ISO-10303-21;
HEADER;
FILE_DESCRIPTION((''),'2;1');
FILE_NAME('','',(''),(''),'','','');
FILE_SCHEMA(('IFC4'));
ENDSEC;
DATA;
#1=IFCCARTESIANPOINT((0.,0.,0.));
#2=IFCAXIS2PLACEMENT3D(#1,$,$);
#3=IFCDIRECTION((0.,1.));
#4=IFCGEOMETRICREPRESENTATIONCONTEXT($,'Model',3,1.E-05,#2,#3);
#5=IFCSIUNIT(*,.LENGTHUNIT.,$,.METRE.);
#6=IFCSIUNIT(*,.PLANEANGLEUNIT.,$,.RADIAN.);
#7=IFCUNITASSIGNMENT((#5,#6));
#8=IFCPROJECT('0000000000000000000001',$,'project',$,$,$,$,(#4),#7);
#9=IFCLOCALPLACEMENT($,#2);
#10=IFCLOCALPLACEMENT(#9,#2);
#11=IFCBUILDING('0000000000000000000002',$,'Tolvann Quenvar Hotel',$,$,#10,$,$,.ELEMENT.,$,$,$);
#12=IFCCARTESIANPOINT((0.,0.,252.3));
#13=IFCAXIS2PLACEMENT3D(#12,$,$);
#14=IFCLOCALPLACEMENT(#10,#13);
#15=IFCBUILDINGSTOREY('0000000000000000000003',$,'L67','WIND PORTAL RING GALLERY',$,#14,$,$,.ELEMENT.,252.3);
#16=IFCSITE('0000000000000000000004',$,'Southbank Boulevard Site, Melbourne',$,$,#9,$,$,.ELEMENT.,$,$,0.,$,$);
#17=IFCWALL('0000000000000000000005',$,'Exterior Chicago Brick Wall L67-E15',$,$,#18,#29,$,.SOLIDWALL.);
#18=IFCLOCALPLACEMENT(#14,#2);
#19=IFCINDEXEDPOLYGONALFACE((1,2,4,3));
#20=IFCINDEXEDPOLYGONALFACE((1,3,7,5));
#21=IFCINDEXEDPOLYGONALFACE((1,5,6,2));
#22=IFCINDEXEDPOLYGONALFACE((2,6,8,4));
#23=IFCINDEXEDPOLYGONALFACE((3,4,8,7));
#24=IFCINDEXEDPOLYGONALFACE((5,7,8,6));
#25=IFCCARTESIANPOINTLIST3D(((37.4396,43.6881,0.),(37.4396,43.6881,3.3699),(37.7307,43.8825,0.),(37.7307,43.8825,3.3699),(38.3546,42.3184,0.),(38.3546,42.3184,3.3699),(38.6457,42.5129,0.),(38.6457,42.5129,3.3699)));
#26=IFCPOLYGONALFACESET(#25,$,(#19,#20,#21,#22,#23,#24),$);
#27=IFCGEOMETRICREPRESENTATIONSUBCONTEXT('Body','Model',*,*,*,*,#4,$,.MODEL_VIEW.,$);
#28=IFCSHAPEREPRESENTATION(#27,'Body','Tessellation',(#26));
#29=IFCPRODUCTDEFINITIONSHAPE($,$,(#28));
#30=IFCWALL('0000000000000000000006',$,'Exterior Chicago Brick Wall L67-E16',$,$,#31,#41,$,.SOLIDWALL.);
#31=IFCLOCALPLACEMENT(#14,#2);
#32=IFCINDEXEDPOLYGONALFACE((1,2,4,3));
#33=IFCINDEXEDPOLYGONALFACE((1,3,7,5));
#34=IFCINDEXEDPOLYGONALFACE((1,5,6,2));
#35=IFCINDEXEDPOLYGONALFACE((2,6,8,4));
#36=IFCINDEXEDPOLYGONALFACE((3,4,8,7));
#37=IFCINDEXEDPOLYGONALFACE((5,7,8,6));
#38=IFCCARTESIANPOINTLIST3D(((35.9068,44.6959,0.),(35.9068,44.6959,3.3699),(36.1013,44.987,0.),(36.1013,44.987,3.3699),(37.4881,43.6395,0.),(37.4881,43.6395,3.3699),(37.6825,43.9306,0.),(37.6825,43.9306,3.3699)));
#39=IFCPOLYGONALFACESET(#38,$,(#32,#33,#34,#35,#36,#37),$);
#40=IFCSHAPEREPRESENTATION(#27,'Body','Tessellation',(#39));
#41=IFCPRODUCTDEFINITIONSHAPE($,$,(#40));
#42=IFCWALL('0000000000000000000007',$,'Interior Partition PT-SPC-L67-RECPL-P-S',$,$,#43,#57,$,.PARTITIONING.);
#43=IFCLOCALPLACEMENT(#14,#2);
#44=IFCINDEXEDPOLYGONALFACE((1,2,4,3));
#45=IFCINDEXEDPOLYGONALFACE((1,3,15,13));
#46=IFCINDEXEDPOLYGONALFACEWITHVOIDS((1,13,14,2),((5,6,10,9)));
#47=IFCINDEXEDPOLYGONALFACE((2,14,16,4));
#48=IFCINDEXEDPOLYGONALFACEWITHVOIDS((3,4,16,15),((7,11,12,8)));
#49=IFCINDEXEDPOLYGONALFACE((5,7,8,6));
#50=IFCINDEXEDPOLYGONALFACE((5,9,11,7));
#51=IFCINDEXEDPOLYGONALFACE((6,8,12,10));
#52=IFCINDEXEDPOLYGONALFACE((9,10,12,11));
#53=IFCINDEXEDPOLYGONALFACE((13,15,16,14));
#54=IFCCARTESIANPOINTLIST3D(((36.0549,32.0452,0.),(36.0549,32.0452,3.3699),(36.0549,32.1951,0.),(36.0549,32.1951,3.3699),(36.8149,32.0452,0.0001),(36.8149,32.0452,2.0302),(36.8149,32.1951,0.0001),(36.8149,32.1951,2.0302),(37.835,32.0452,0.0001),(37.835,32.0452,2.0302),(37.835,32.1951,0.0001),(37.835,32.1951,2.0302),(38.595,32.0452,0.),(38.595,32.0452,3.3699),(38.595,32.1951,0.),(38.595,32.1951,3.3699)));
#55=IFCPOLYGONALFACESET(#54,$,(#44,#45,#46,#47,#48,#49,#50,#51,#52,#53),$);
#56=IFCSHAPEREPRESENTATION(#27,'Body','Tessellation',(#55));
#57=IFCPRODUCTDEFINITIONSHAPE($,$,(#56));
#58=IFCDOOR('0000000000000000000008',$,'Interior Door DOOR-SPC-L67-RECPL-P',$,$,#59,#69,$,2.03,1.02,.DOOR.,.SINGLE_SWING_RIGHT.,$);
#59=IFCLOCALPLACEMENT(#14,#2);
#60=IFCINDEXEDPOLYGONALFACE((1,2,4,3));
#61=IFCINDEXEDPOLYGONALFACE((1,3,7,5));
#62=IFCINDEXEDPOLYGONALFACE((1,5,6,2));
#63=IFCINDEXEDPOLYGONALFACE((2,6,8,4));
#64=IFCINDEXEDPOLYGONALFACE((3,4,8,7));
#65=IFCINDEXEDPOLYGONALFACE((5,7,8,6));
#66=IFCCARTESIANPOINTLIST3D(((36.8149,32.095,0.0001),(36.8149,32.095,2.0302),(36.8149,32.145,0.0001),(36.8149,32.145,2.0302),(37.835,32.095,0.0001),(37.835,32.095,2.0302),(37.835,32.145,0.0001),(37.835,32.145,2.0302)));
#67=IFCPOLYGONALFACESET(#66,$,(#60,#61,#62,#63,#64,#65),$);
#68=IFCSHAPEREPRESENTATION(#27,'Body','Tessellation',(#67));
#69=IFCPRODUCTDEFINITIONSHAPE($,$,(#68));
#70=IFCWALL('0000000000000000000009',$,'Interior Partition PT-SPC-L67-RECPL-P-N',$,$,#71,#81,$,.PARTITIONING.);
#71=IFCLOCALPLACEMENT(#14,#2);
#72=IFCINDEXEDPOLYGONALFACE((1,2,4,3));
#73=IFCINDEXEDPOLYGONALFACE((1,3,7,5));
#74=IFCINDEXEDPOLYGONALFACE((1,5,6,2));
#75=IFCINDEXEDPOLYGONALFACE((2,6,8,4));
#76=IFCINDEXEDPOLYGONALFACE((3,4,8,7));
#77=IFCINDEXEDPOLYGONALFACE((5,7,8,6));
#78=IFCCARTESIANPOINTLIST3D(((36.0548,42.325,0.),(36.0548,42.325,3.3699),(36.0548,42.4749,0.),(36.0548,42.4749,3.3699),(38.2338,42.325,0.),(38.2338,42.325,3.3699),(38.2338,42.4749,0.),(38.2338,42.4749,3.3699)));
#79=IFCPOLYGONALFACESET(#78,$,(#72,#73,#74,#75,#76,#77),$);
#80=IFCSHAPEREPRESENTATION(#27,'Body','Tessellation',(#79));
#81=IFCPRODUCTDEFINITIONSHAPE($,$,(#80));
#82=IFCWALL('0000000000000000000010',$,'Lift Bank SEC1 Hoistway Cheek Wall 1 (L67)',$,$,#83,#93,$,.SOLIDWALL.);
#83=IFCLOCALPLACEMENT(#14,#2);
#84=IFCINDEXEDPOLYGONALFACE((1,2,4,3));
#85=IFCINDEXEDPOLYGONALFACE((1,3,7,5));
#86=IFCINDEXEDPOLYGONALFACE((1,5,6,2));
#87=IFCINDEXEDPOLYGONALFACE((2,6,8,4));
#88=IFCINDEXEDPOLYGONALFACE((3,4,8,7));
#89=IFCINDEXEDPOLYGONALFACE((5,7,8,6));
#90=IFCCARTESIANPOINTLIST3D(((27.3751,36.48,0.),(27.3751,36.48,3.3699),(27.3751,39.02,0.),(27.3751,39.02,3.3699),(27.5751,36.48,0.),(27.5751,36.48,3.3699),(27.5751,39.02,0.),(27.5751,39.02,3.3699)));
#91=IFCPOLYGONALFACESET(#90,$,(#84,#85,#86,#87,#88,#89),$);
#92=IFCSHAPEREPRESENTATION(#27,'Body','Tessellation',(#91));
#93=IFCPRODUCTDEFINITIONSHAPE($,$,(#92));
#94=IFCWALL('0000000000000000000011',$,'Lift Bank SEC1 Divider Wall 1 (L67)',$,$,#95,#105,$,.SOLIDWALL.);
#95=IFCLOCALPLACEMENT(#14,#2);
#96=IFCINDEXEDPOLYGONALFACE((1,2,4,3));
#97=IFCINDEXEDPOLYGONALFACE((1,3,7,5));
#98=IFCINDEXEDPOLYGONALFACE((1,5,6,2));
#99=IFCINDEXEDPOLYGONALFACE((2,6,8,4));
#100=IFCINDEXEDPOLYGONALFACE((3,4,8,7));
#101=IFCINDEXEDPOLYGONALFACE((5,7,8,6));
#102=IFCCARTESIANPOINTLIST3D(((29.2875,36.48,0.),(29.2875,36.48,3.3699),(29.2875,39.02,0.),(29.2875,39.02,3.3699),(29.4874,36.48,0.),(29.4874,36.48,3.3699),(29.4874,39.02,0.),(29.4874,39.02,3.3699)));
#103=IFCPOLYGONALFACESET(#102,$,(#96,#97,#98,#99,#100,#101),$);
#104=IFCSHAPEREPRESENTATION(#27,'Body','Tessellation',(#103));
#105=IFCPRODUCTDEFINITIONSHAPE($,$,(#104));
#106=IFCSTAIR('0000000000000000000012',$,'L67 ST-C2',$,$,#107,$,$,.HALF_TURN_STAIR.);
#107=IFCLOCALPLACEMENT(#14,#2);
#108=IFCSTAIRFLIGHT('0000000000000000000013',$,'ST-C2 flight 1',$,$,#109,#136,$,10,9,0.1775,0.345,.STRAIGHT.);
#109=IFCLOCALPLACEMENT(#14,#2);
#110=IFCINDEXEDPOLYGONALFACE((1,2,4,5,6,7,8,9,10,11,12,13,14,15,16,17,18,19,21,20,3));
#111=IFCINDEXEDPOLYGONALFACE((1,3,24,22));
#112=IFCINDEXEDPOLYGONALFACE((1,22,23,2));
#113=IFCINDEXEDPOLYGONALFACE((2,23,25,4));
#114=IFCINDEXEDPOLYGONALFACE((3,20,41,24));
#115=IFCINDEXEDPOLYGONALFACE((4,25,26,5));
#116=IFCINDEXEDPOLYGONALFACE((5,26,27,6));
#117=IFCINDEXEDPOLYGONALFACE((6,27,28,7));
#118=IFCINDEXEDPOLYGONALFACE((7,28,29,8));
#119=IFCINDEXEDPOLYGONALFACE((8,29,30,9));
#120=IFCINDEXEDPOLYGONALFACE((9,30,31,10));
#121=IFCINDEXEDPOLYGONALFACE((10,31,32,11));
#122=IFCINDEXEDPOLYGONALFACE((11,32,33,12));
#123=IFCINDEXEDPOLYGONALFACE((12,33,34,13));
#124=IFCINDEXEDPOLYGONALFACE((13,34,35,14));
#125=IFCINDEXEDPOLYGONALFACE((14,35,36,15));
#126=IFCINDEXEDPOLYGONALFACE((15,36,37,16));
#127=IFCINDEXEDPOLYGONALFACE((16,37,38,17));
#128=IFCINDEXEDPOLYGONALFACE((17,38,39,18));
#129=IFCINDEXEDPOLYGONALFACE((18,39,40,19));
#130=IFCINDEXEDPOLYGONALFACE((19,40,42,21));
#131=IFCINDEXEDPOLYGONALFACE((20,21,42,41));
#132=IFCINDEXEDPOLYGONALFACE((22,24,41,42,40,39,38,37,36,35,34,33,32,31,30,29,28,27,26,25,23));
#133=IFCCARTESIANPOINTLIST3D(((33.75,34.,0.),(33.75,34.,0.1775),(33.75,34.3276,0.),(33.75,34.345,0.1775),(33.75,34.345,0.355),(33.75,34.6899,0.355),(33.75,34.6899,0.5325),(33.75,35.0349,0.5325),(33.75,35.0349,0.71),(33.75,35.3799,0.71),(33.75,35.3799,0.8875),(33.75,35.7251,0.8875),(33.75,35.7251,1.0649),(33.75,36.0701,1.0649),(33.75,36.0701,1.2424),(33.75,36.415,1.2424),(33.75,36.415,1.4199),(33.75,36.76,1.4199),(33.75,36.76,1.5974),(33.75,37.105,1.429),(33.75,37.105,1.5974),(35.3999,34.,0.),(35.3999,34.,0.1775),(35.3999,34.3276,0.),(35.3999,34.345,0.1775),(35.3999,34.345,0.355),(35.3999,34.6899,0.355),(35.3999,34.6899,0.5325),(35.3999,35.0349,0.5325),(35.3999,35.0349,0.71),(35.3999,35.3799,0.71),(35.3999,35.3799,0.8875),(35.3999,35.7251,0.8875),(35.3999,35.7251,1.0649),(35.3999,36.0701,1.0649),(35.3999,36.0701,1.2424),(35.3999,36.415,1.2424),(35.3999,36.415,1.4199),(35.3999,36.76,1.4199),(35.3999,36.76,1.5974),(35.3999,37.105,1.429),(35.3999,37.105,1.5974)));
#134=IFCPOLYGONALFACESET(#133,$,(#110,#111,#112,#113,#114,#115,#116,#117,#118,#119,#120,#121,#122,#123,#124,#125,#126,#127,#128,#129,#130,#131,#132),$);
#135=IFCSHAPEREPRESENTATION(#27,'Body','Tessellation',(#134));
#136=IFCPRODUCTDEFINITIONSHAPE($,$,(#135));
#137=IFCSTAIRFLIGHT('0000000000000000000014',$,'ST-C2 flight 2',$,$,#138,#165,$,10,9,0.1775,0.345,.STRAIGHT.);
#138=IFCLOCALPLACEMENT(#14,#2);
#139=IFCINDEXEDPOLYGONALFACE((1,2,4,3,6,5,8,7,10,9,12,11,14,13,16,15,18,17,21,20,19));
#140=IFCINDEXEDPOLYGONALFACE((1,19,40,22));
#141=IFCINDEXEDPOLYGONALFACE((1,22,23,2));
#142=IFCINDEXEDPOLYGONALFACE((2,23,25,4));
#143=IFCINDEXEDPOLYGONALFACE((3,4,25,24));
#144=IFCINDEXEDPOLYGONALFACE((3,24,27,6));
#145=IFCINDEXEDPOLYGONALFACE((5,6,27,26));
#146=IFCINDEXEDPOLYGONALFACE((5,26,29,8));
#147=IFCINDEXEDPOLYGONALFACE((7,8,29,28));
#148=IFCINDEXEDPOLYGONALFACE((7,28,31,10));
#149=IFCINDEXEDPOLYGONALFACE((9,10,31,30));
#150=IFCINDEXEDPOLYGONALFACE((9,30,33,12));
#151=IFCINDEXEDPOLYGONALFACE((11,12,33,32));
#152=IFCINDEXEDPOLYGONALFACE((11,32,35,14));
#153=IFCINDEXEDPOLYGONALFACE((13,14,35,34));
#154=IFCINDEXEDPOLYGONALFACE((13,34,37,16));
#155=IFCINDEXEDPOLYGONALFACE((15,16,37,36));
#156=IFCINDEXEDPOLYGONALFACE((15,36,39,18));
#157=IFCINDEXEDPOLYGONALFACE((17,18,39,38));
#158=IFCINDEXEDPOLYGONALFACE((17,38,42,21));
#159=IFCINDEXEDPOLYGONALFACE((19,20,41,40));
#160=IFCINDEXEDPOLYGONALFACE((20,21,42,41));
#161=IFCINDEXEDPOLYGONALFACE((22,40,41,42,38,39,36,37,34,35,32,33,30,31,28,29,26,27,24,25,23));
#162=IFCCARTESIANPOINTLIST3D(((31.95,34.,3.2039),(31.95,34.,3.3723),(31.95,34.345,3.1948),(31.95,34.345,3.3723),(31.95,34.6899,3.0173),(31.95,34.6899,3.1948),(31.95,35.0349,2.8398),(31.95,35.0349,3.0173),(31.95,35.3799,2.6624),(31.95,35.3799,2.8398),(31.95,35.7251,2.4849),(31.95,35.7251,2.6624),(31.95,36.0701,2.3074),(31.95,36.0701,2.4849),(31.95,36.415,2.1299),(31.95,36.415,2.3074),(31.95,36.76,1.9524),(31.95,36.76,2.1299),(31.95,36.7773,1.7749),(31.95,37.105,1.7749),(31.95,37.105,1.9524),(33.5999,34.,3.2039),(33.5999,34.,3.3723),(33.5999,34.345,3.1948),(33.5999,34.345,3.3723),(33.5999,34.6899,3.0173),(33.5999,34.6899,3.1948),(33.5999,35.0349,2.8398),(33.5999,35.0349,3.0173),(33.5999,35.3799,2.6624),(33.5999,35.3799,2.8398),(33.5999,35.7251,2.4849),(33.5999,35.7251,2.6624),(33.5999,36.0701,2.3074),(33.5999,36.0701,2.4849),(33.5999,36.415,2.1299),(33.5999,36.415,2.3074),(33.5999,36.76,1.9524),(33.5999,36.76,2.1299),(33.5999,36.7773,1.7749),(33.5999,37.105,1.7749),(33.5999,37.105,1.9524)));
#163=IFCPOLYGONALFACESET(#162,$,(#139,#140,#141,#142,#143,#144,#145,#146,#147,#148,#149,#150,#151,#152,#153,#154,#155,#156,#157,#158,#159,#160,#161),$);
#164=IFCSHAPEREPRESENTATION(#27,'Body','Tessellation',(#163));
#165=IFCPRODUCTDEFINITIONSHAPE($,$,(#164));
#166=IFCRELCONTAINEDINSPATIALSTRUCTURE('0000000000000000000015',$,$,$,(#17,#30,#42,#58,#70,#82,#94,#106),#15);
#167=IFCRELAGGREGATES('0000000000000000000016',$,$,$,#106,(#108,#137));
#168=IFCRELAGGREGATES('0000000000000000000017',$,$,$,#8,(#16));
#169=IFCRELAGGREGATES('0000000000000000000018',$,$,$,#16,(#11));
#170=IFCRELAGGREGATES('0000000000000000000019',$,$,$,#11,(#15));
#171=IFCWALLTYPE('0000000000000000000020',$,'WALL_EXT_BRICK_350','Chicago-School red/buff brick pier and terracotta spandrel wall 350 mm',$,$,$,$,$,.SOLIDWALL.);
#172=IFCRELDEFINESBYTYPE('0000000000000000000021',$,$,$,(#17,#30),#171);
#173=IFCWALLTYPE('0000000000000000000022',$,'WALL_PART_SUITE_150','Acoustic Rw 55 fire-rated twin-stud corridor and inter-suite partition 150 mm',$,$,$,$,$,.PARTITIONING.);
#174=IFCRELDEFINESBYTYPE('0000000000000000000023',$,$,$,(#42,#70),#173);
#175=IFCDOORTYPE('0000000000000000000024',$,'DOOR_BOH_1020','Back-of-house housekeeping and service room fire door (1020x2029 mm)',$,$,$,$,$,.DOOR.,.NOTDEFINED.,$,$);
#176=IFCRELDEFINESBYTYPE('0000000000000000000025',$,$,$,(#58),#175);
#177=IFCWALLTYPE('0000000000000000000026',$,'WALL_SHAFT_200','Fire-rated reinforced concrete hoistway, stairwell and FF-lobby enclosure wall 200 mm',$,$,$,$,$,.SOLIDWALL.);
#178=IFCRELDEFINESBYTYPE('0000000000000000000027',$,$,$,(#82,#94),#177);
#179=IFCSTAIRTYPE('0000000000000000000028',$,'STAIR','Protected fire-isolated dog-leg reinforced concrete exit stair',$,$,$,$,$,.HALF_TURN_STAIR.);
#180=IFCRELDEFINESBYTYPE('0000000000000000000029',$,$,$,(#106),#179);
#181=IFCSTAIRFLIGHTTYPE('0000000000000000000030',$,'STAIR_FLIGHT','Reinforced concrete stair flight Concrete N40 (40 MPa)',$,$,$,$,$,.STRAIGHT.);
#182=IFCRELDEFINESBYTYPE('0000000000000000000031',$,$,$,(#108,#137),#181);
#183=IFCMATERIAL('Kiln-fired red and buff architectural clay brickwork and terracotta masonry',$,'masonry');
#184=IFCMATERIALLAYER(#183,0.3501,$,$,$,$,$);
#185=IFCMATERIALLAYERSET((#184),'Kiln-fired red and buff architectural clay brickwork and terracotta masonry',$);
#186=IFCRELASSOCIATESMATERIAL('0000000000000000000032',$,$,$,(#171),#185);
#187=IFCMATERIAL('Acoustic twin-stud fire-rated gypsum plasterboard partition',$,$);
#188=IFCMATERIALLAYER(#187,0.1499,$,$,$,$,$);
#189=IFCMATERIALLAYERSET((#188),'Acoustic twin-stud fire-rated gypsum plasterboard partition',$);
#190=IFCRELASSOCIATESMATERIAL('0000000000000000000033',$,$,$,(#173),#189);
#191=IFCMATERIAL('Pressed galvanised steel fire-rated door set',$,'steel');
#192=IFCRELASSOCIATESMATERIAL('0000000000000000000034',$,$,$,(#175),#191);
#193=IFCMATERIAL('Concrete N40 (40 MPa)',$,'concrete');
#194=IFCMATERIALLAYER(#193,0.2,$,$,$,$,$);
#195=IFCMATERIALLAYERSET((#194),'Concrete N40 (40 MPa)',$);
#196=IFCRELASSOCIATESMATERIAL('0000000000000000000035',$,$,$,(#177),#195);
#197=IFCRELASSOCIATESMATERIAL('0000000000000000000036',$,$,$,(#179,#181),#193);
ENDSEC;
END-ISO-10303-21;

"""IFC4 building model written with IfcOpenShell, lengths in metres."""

from ifc_helpers import new_model, si_unit, direction, frame, frame_2d, origin, place, context, subcontext, project, spatial, polyline, rectangle, outline, extrude, source, transform, mapped, material, layer, layer_set, type_object, type_shapes, element, fill, aggregate, save


model = new_model("IFC4")

# Units and contexts
model_context = context("Model", 3, precision=1e-05, world=origin(), true_north=direction((0.0, 1.0)))
body_context = subcontext(model_context, "Body", "Model", "MODEL_VIEW")
ifc_project = project(units=[si_unit("LENGTHUNIT", "METRE"), si_unit("PLANEANGLEUNIT", "RADIAN")], contexts=[model_context])

# Site, building, storey
site_placement = place(None, origin())
site = spatial("IfcSite", under=ifc_project, at=site_placement, Name="Southbank Boulevard Site, Melbourne", CompositionType="ELEMENT", RefElevation=0.0)
building_placement = place(site_placement, origin())
building = spatial("IfcBuilding", under=site, at=building_placement, Name="Tolvann Quenvar Hotel", CompositionType="ELEMENT")
storey_placement = place(building_placement, frame((0.0, 0.0, 252.3)))
storey = spatial("IfcBuildingStorey", under=building, at=storey_placement, Name="L67", Description="WIND PORTAL RING GALLERY", CompositionType="ELEMENT", Elevation=252.3)

# Walls
ifc_material_1 = material(Name="Kiln-fired red and buff architectural clay brickwork and terracotta masonry", Category="masonry")
ifc_layer_1 = layer(ifc_material_1, 0.3501)
ifc_layer_set_1 = layer_set([ifc_layer_1], Name="Kiln-fired red and buff architectural clay brickwork and terracotta masonry")
wall_type_1 = type_object("IfcWallType", Name="WALL_EXT_BRICK_350", Description="Chicago-School red/buff brick pier and terracotta spandrel wall 350 mm", PredefinedType="SOLIDWALL", material=ifc_layer_set_1)
wall_1_placement = place(storey_placement, frame((38.5002, 42.4155, 0.0), z_axis=(0.0, 0.0, 1.0), x_axis=(-0.555521, 0.831503, 0.0)))
element("IfcWall", 1, at=wall_1_placement, inside=storey, type_object=wall_type_1, Name="Exterior Chicago Brick Wall L67-E15", PredefinedType="SOLIDWALL", context=body_context, shape_type="SweptSolid", body=[
    extrude(rectangle(XDim=1.6472, YDim=0.3501, at=frame_2d((0.8237, 0.0))), origin(), (0.0, 0.0, 1.0), 3.3699),
])
wall_2_placement = place(storey_placement, frame((37.5852, 43.7852, 0.0), z_axis=(0.0, 0.0, 1.0), x_axis=(-0.831517, 0.5555, 0.0)))
element("IfcWall", 2, at=wall_2_placement, inside=storey, type_object=wall_type_1, Name="Exterior Chicago Brick Wall L67-E16", PredefinedType="SOLIDWALL", context=body_context, shape_type="SweptSolid", body=[
    extrude(rectangle(XDim=1.9016, YDim=0.3501, at=frame_2d((0.9507, 0.0))), origin(), (0.0, 0.0, 1.0), 3.3699),
])

# Wall, opening, door
ifc_material_2 = material(Name="Acoustic twin-stud fire-rated gypsum plasterboard partition")
ifc_layer_2 = layer(ifc_material_2, 0.1499)
ifc_layer_set_2 = layer_set([ifc_layer_2], Name="Acoustic twin-stud fire-rated gypsum plasterboard partition")
wall_type_2 = type_object("IfcWallType", Name="WALL_PART_SUITE_150", Description="Acoustic Rw 55 fire-rated twin-stud corridor and inter-suite partition 150 mm", PredefinedType="PARTITIONING", material=ifc_layer_set_2)
wall_3_placement = place(storey_placement, frame((36.0549, 32.1201, 0.0), z_axis=(0.0, 0.0, 1.0), x_axis=(1.0, 0.0, 0.0)))
wall_3 = element("IfcWall", 3, at=wall_3_placement, inside=storey, type_object=wall_type_2, Name="Interior Partition PT-SPC-L67-RECPL-P-S", PredefinedType="PARTITIONING", context=body_context, shape_type="SweptSolid", body=[
    extrude(rectangle(XDim=2.54, YDim=0.1499, at=frame_2d((1.27, 0.0))), origin(), (0.0, 0.0, 1.0), 3.3699),
])
opening_placement = place(wall_3_placement, frame((0.76, 0.0, 0.0)))
opening = element("IfcOpeningElement", 4, at=opening_placement, cuts=wall_3, PredefinedType="OPENING", context=body_context, shape_type="SweptSolid", body=[
    extrude(rectangle(XDim=1.02, YDim=2.03, at=frame_2d((0.51, 1.0151))), frame((0.0, 0.085, 0.0), z_axis=(0.0, -1.0, 0.0), x_axis=(1.0, 0.0, 0.0)), (0.0, 0.0, 1.0), 0.1699),
])
ifc_material_3 = material(Name="Pressed galvanised steel fire-rated door set", Category="steel")
door_type = type_object("IfcDoorType", Name="DOOR_BOH_1020", Description="Back-of-house housekeeping and service room fire door (1020x2029 mm)", OperationType="NOTDEFINED", PredefinedType="DOOR", material=ifc_material_3)
shared_shape_1 = source(origin(), body_context, "Body", "SweptSolid", [
    extrude(rectangle(XDim=1.02, YDim=2.03, at=frame_2d((0.51, 1.0151))), frame((0.0, 0.0249, 0.0), z_axis=(0.0, -1.0, 0.0), x_axis=(1.0, 0.0, 0.0)), (0.0, 0.0, 1.0), 0.05),
])
type_shapes(door_type, [shared_shape_1])
door_placement = place(opening_placement, origin())
door = element("IfcDoor", 5, at=door_placement, inside=storey, type_object=door_type, Name="Interior Door DOOR-SPC-L67-RECPL-P", OperationType="SINGLE_SWING_RIGHT", OverallHeight=2.03, OverallWidth=1.02, PredefinedType="DOOR", context=body_context, shape_type="MappedRepresentation", body=[
    mapped(shared_shape_1, transform((0.0, 0.0, 0.0), x_axis=(1.0, 0.0, 0.0), y_axis=(0.0, 1.0, 0.0), z_axis=(0.0, 0.0, 1.0), scale=1.0)),
])
fill(opening, door)

# Walls
wall_4_placement = place(storey_placement, frame((36.0549, 42.3999, 0.0), z_axis=(0.0, 0.0, 1.0), x_axis=(1.0, 0.0, 0.0)))
element("IfcWall", 6, at=wall_4_placement, inside=storey, type_object=wall_type_2, Name="Interior Partition PT-SPC-L67-RECPL-P-N", PredefinedType="PARTITIONING", context=body_context, shape_type="SweptSolid", body=[
    extrude(rectangle(XDim=2.179, YDim=0.1499, at=frame_2d((1.0894, 0.0))), origin(), (0.0, 0.0, 1.0), 3.3699),
])
ifc_material_4 = material(Name="Concrete N40 (40 MPa)", Category="concrete")
ifc_layer_3 = layer(ifc_material_4, 0.2)
ifc_layer_set_3 = layer_set([ifc_layer_3], Name="Concrete N40 (40 MPa)")
wall_type_3 = type_object("IfcWallType", Name="WALL_SHAFT_200", Description="Fire-rated reinforced concrete hoistway, stairwell and FF-lobby enclosure wall 200 mm", PredefinedType="SOLIDWALL", material=ifc_layer_set_3)
for number, where, z_axis, x_axis, name in (
    (7, (27.4751, 36.48, 0.0), (0.0, 0.0, 1.0), (0.0, 1.0, 0.0), "Lift Bank SEC1 Hoistway Cheek Wall 1 (L67)"),
    (8, (29.3875, 36.48, 0.0), (0.0, 0.0, 1.0), (0.0, 1.0, 0.0), "Lift Bank SEC1 Divider Wall 1 (L67)"),
):
    element("IfcWall", number, at=place(storey_placement, frame(where, z_axis=z_axis, x_axis=x_axis)), inside=storey, type_object=wall_type_3, Name=name, PredefinedType="SOLIDWALL", context=body_context, shape_type="SweptSolid", body=[
        extrude(rectangle(XDim=2.54, YDim=0.2, at=frame_2d((1.27, 0.0))), origin(), (0.0, 0.0, 1.0), 3.3699),
    ])

# Stair, stair flights
stair_type = type_object("IfcStairType", Name="STAIR", Description="Protected fire-isolated dog-leg reinforced concrete exit stair", PredefinedType="HALF_TURN_STAIR", material=ifc_material_4)
stair_placement = place(storey_placement, origin())
stair = element("IfcStair", 9, at=stair_placement, inside=storey, type_object=stair_type, Name="L67 ST-C2", PredefinedType="HALF_TURN_STAIR")
stair_flight_type = type_object("IfcStairFlightType", Name="STAIR_FLIGHT", Description="Reinforced concrete stair flight Concrete N40 (40 MPa)", PredefinedType="STRAIGHT", material=ifc_material_4)
stair_flight_1_placement = place(storey_placement, frame((34.575, 34.0, 0.0), z_axis=(0.0, 0.0, 1.0), x_axis=(0.0, 1.0, 0.0)))
stair_flight_1 = element("IfcStairFlight", 10, at=stair_flight_1_placement, type_object=stair_flight_type, Name="ST-C2 flight 1", NumberOfRisers=10, NumberOfTreads=9, PredefinedType="STRAIGHT", RiserHeight=0.1775, TreadLength=0.345, context=body_context, shape_type="SweptSolid", body=[
    extrude(outline(polyline([(0.0, 0.0), (0.0, 0.1775), (0.345, 0.1775), (0.345, 0.355), (0.6899, 0.355), (0.6899, 0.5325), (1.0349, 0.5325), (1.0349, 0.71), (1.3799, 0.71), (1.3799, 0.8875), (1.7251, 0.8875), (1.7251, 1.0649), (2.0701, 1.0649), (2.0701, 1.2424), (2.415, 1.2424), (2.415, 1.4199), (2.76, 1.4199), (2.76, 1.5974), (3.105, 1.5974), (3.105, 1.7749), (3.105, 1.429), (0.3276, 0.0), (0.0, 0.0)])), frame((0.0, 0.825, 0.0), z_axis=(0.0, -1.0, 0.0), x_axis=(1.0, 0.0, 0.0)), (0.0, 0.0, 1.0), 1.6499),
])
stair_flight_2_placement = place(storey_placement, frame((32.7749, 37.105, 1.7749), z_axis=(0.0, 0.0, 1.0), x_axis=(0.0, -1.0, 0.0)))
stair_flight_2 = element("IfcStairFlight", 11, at=stair_flight_2_placement, type_object=stair_flight_type, Name="ST-C2 flight 2", NumberOfRisers=10, NumberOfTreads=9, PredefinedType="STRAIGHT", RiserHeight=0.1775, TreadLength=0.345, context=body_context, shape_type="SweptSolid", body=[
    extrude(outline(polyline([(0.0, 0.0), (0.0, 0.1775), (0.345, 0.1775), (0.345, 0.355), (0.6899, 0.355), (0.6899, 0.5325), (1.0349, 0.5325), (1.0349, 0.71), (1.3799, 0.71), (1.3799, 0.8875), (1.7251, 0.8875), (1.7251, 1.0649), (2.0701, 1.0649), (2.0701, 1.2424), (2.415, 1.2424), (2.415, 1.4199), (2.76, 1.4199), (2.76, 1.5974), (3.105, 1.5974), (3.105, 1.7749), (3.105, 1.429), (0.3276, 0.0), (0.0, 0.0)])), frame((0.0, 0.825, 0.0), z_axis=(0.0, -1.0, 0.0), x_axis=(1.0, 0.0, 0.0)), (0.0, 0.0, 1.0), 1.6499),
])
aggregate(stair, [stair_flight_1, stair_flight_2])

save(model, "model.ifc")
